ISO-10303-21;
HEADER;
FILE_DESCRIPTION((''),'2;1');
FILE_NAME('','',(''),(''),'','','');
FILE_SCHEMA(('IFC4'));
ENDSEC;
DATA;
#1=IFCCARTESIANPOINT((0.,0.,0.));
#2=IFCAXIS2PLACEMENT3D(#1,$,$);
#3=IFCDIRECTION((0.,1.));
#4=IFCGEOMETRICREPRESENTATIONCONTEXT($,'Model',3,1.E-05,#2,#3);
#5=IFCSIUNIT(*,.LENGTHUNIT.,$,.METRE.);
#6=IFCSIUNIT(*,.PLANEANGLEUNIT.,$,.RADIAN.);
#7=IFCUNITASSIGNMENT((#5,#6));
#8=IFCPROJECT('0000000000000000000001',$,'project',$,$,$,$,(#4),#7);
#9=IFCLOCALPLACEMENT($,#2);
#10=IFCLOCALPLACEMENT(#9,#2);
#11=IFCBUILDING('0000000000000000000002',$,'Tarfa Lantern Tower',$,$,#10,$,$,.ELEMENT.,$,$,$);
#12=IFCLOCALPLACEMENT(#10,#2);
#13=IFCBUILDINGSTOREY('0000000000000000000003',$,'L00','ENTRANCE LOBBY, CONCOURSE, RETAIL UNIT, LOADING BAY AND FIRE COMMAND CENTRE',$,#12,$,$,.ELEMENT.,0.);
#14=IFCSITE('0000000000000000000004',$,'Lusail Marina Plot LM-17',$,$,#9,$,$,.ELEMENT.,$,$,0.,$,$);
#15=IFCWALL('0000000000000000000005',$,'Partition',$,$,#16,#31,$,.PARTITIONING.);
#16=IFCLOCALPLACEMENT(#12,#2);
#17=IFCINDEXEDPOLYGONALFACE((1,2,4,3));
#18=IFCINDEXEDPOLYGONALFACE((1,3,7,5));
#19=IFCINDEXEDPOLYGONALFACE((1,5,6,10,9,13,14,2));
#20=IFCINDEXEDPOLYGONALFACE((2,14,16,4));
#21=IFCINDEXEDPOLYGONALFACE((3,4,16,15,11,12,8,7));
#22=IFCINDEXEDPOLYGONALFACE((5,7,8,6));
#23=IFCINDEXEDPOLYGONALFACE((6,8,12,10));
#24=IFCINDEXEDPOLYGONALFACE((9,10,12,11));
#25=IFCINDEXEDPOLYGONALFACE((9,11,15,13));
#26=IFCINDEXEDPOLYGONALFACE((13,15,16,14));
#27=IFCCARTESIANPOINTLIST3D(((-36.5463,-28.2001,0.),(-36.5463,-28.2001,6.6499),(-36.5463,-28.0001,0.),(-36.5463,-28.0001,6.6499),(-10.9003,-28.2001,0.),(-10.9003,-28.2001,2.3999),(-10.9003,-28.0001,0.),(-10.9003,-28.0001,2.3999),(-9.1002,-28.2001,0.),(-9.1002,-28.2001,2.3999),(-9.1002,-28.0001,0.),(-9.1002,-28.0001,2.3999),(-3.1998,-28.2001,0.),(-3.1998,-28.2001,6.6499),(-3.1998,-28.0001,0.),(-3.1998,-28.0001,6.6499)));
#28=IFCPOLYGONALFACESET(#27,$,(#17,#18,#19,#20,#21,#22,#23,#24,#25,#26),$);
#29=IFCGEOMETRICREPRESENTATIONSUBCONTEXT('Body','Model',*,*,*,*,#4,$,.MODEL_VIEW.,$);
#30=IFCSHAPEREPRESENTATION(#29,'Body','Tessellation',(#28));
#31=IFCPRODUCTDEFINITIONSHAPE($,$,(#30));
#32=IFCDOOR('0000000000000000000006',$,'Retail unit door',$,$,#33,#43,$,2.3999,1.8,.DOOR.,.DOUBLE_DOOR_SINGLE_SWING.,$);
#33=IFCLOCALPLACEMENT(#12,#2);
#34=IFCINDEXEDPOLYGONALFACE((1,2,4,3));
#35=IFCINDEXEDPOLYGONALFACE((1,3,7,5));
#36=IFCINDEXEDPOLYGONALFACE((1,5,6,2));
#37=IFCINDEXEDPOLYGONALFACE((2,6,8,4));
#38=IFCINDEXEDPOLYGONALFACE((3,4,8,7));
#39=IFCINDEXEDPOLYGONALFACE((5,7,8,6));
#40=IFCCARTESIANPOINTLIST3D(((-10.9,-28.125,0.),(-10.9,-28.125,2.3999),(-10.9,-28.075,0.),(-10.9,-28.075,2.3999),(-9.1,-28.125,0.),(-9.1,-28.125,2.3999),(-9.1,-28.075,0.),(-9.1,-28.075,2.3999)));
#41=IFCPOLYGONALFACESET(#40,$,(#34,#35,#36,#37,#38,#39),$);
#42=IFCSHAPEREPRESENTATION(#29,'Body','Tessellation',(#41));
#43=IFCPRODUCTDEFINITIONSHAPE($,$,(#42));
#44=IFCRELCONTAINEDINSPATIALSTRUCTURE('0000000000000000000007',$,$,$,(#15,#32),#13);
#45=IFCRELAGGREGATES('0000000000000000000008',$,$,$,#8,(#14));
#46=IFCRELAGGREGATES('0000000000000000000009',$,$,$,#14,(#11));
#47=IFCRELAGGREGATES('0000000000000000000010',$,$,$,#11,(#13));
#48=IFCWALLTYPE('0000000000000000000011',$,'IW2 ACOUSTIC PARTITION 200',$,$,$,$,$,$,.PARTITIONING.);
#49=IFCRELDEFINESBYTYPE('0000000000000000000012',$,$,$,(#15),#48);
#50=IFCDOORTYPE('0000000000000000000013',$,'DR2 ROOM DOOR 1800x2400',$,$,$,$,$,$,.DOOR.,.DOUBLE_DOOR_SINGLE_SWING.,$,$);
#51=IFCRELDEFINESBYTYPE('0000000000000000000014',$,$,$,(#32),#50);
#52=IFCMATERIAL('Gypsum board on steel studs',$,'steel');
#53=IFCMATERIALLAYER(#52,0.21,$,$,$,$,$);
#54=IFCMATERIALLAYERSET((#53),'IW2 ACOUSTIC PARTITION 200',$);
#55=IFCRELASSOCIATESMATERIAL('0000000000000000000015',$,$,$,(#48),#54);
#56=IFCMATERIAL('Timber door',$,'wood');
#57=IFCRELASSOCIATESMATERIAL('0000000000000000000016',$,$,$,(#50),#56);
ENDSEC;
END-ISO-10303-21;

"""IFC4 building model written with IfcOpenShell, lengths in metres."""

from ifc_helpers import new_model, si_unit, direction, frame, frame_2d, origin, place, context, subcontext, project, spatial, rectangle, extrude, material, layer, layer_set, type_object, element, fill, save


model = new_model("IFC4")

# Units and contexts
model_context = context("Model", 3, precision=1e-05, world=origin(), true_north=direction((0.0, 1.0)))
body_context = subcontext(model_context, "Body", "Model", "MODEL_VIEW")
ifc_project = project(units=[si_unit("LENGTHUNIT", "METRE"), si_unit("PLANEANGLEUNIT", "RADIAN")], contexts=[model_context])

# Site, building, storey
site_placement = place(None, origin())
site = spatial("IfcSite", under=ifc_project, at=site_placement, Name="Lusail Marina Plot LM-17", CompositionType="ELEMENT", RefElevation=0.0)
building_placement = place(site_placement, origin())
building = spatial("IfcBuilding", under=site, at=building_placement, Name="Tarfa Lantern Tower", CompositionType="ELEMENT")
storey_placement = place(building_placement, origin())
storey = spatial("IfcBuildingStorey", under=building, at=storey_placement, Name="L00", Description="ENTRANCE LOBBY, CONCOURSE, RETAIL UNIT, LOADING BAY AND FIRE COMMAND CENTRE", CompositionType="ELEMENT", Elevation=0.0)

# Wall, opening, door
ifc_material_1 = material(Name="Gypsum board on steel studs", Category="steel")
ifc_layer = layer(ifc_material_1, 0.21)
ifc_layer_set = layer_set([ifc_layer], Name="IW2 ACOUSTIC PARTITION 200")
wall_type = type_object("IfcWallType", Name="IW2 ACOUSTIC PARTITION 200", PredefinedType="PARTITIONING", material=ifc_layer_set)
wall_placement = place(storey_placement, frame((-36.5464, -28.1001, 0.0), z_axis=(0.0, 0.0, 1.0), x_axis=(1.0, 0.0, 0.0)))
wall = element("IfcWall", 1, at=wall_placement, inside=storey, type_object=wall_type, Name="Partition", PredefinedType="PARTITIONING", context=body_context, shape_type="SweptSolid", body=[
    extrude(rectangle(XDim=33.3464, YDim=0.2, at=frame_2d((16.6733, 0.0))), origin(), (0.0, 0.0, 1.0), 6.6499),
])
opening_placement = place(wall_placement, frame((25.6462, 0.0, 0.0)))
opening = element("IfcOpeningElement", 2, at=opening_placement, cuts=wall, PredefinedType="OPENING", context=body_context, shape_type="SweptSolid", body=[
    extrude(rectangle(XDim=1.8, YDim=2.3999, at=frame_2d((0.8999, 1.2))), frame((0.0, 0.1099, 0.0), z_axis=(0.0, -1.0, 0.0), x_axis=(1.0, 0.0, 0.0)), (0.0, 0.0, 1.0), 0.22),
])
ifc_material_2 = material(Name="Timber door", Category="wood")
door_type = type_object("IfcDoorType", Name="DR2 ROOM DOOR 1800x2400", OperationType="DOUBLE_DOOR_SINGLE_SWING", PredefinedType="DOOR", material=ifc_material_2)
door_placement = place(opening_placement, frame((1.8, 0.0, 0.0), z_axis=(0.0, 0.0, 1.0), x_axis=(-1.0, 0.0, 0.0)))
door = element("IfcDoor", 3, at=door_placement, inside=storey, type_object=door_type, Name="Retail unit door", OperationType="DOUBLE_DOOR_SINGLE_SWING", OverallHeight=2.3999, OverallWidth=1.8, PredefinedType="DOOR", context=body_context, shape_type="SweptSolid", body=[
    extrude(rectangle(XDim=1.8, YDim=2.3999, at=frame_2d((0.8999, 1.2))), frame((0.0, 0.0249, 0.0), z_axis=(0.0, -1.0, 0.0), x_axis=(1.0, 0.0, 0.0)), (0.0, 0.0, 1.0), 0.05),
])
fill(opening, door)

save(model, "model.ifc")
